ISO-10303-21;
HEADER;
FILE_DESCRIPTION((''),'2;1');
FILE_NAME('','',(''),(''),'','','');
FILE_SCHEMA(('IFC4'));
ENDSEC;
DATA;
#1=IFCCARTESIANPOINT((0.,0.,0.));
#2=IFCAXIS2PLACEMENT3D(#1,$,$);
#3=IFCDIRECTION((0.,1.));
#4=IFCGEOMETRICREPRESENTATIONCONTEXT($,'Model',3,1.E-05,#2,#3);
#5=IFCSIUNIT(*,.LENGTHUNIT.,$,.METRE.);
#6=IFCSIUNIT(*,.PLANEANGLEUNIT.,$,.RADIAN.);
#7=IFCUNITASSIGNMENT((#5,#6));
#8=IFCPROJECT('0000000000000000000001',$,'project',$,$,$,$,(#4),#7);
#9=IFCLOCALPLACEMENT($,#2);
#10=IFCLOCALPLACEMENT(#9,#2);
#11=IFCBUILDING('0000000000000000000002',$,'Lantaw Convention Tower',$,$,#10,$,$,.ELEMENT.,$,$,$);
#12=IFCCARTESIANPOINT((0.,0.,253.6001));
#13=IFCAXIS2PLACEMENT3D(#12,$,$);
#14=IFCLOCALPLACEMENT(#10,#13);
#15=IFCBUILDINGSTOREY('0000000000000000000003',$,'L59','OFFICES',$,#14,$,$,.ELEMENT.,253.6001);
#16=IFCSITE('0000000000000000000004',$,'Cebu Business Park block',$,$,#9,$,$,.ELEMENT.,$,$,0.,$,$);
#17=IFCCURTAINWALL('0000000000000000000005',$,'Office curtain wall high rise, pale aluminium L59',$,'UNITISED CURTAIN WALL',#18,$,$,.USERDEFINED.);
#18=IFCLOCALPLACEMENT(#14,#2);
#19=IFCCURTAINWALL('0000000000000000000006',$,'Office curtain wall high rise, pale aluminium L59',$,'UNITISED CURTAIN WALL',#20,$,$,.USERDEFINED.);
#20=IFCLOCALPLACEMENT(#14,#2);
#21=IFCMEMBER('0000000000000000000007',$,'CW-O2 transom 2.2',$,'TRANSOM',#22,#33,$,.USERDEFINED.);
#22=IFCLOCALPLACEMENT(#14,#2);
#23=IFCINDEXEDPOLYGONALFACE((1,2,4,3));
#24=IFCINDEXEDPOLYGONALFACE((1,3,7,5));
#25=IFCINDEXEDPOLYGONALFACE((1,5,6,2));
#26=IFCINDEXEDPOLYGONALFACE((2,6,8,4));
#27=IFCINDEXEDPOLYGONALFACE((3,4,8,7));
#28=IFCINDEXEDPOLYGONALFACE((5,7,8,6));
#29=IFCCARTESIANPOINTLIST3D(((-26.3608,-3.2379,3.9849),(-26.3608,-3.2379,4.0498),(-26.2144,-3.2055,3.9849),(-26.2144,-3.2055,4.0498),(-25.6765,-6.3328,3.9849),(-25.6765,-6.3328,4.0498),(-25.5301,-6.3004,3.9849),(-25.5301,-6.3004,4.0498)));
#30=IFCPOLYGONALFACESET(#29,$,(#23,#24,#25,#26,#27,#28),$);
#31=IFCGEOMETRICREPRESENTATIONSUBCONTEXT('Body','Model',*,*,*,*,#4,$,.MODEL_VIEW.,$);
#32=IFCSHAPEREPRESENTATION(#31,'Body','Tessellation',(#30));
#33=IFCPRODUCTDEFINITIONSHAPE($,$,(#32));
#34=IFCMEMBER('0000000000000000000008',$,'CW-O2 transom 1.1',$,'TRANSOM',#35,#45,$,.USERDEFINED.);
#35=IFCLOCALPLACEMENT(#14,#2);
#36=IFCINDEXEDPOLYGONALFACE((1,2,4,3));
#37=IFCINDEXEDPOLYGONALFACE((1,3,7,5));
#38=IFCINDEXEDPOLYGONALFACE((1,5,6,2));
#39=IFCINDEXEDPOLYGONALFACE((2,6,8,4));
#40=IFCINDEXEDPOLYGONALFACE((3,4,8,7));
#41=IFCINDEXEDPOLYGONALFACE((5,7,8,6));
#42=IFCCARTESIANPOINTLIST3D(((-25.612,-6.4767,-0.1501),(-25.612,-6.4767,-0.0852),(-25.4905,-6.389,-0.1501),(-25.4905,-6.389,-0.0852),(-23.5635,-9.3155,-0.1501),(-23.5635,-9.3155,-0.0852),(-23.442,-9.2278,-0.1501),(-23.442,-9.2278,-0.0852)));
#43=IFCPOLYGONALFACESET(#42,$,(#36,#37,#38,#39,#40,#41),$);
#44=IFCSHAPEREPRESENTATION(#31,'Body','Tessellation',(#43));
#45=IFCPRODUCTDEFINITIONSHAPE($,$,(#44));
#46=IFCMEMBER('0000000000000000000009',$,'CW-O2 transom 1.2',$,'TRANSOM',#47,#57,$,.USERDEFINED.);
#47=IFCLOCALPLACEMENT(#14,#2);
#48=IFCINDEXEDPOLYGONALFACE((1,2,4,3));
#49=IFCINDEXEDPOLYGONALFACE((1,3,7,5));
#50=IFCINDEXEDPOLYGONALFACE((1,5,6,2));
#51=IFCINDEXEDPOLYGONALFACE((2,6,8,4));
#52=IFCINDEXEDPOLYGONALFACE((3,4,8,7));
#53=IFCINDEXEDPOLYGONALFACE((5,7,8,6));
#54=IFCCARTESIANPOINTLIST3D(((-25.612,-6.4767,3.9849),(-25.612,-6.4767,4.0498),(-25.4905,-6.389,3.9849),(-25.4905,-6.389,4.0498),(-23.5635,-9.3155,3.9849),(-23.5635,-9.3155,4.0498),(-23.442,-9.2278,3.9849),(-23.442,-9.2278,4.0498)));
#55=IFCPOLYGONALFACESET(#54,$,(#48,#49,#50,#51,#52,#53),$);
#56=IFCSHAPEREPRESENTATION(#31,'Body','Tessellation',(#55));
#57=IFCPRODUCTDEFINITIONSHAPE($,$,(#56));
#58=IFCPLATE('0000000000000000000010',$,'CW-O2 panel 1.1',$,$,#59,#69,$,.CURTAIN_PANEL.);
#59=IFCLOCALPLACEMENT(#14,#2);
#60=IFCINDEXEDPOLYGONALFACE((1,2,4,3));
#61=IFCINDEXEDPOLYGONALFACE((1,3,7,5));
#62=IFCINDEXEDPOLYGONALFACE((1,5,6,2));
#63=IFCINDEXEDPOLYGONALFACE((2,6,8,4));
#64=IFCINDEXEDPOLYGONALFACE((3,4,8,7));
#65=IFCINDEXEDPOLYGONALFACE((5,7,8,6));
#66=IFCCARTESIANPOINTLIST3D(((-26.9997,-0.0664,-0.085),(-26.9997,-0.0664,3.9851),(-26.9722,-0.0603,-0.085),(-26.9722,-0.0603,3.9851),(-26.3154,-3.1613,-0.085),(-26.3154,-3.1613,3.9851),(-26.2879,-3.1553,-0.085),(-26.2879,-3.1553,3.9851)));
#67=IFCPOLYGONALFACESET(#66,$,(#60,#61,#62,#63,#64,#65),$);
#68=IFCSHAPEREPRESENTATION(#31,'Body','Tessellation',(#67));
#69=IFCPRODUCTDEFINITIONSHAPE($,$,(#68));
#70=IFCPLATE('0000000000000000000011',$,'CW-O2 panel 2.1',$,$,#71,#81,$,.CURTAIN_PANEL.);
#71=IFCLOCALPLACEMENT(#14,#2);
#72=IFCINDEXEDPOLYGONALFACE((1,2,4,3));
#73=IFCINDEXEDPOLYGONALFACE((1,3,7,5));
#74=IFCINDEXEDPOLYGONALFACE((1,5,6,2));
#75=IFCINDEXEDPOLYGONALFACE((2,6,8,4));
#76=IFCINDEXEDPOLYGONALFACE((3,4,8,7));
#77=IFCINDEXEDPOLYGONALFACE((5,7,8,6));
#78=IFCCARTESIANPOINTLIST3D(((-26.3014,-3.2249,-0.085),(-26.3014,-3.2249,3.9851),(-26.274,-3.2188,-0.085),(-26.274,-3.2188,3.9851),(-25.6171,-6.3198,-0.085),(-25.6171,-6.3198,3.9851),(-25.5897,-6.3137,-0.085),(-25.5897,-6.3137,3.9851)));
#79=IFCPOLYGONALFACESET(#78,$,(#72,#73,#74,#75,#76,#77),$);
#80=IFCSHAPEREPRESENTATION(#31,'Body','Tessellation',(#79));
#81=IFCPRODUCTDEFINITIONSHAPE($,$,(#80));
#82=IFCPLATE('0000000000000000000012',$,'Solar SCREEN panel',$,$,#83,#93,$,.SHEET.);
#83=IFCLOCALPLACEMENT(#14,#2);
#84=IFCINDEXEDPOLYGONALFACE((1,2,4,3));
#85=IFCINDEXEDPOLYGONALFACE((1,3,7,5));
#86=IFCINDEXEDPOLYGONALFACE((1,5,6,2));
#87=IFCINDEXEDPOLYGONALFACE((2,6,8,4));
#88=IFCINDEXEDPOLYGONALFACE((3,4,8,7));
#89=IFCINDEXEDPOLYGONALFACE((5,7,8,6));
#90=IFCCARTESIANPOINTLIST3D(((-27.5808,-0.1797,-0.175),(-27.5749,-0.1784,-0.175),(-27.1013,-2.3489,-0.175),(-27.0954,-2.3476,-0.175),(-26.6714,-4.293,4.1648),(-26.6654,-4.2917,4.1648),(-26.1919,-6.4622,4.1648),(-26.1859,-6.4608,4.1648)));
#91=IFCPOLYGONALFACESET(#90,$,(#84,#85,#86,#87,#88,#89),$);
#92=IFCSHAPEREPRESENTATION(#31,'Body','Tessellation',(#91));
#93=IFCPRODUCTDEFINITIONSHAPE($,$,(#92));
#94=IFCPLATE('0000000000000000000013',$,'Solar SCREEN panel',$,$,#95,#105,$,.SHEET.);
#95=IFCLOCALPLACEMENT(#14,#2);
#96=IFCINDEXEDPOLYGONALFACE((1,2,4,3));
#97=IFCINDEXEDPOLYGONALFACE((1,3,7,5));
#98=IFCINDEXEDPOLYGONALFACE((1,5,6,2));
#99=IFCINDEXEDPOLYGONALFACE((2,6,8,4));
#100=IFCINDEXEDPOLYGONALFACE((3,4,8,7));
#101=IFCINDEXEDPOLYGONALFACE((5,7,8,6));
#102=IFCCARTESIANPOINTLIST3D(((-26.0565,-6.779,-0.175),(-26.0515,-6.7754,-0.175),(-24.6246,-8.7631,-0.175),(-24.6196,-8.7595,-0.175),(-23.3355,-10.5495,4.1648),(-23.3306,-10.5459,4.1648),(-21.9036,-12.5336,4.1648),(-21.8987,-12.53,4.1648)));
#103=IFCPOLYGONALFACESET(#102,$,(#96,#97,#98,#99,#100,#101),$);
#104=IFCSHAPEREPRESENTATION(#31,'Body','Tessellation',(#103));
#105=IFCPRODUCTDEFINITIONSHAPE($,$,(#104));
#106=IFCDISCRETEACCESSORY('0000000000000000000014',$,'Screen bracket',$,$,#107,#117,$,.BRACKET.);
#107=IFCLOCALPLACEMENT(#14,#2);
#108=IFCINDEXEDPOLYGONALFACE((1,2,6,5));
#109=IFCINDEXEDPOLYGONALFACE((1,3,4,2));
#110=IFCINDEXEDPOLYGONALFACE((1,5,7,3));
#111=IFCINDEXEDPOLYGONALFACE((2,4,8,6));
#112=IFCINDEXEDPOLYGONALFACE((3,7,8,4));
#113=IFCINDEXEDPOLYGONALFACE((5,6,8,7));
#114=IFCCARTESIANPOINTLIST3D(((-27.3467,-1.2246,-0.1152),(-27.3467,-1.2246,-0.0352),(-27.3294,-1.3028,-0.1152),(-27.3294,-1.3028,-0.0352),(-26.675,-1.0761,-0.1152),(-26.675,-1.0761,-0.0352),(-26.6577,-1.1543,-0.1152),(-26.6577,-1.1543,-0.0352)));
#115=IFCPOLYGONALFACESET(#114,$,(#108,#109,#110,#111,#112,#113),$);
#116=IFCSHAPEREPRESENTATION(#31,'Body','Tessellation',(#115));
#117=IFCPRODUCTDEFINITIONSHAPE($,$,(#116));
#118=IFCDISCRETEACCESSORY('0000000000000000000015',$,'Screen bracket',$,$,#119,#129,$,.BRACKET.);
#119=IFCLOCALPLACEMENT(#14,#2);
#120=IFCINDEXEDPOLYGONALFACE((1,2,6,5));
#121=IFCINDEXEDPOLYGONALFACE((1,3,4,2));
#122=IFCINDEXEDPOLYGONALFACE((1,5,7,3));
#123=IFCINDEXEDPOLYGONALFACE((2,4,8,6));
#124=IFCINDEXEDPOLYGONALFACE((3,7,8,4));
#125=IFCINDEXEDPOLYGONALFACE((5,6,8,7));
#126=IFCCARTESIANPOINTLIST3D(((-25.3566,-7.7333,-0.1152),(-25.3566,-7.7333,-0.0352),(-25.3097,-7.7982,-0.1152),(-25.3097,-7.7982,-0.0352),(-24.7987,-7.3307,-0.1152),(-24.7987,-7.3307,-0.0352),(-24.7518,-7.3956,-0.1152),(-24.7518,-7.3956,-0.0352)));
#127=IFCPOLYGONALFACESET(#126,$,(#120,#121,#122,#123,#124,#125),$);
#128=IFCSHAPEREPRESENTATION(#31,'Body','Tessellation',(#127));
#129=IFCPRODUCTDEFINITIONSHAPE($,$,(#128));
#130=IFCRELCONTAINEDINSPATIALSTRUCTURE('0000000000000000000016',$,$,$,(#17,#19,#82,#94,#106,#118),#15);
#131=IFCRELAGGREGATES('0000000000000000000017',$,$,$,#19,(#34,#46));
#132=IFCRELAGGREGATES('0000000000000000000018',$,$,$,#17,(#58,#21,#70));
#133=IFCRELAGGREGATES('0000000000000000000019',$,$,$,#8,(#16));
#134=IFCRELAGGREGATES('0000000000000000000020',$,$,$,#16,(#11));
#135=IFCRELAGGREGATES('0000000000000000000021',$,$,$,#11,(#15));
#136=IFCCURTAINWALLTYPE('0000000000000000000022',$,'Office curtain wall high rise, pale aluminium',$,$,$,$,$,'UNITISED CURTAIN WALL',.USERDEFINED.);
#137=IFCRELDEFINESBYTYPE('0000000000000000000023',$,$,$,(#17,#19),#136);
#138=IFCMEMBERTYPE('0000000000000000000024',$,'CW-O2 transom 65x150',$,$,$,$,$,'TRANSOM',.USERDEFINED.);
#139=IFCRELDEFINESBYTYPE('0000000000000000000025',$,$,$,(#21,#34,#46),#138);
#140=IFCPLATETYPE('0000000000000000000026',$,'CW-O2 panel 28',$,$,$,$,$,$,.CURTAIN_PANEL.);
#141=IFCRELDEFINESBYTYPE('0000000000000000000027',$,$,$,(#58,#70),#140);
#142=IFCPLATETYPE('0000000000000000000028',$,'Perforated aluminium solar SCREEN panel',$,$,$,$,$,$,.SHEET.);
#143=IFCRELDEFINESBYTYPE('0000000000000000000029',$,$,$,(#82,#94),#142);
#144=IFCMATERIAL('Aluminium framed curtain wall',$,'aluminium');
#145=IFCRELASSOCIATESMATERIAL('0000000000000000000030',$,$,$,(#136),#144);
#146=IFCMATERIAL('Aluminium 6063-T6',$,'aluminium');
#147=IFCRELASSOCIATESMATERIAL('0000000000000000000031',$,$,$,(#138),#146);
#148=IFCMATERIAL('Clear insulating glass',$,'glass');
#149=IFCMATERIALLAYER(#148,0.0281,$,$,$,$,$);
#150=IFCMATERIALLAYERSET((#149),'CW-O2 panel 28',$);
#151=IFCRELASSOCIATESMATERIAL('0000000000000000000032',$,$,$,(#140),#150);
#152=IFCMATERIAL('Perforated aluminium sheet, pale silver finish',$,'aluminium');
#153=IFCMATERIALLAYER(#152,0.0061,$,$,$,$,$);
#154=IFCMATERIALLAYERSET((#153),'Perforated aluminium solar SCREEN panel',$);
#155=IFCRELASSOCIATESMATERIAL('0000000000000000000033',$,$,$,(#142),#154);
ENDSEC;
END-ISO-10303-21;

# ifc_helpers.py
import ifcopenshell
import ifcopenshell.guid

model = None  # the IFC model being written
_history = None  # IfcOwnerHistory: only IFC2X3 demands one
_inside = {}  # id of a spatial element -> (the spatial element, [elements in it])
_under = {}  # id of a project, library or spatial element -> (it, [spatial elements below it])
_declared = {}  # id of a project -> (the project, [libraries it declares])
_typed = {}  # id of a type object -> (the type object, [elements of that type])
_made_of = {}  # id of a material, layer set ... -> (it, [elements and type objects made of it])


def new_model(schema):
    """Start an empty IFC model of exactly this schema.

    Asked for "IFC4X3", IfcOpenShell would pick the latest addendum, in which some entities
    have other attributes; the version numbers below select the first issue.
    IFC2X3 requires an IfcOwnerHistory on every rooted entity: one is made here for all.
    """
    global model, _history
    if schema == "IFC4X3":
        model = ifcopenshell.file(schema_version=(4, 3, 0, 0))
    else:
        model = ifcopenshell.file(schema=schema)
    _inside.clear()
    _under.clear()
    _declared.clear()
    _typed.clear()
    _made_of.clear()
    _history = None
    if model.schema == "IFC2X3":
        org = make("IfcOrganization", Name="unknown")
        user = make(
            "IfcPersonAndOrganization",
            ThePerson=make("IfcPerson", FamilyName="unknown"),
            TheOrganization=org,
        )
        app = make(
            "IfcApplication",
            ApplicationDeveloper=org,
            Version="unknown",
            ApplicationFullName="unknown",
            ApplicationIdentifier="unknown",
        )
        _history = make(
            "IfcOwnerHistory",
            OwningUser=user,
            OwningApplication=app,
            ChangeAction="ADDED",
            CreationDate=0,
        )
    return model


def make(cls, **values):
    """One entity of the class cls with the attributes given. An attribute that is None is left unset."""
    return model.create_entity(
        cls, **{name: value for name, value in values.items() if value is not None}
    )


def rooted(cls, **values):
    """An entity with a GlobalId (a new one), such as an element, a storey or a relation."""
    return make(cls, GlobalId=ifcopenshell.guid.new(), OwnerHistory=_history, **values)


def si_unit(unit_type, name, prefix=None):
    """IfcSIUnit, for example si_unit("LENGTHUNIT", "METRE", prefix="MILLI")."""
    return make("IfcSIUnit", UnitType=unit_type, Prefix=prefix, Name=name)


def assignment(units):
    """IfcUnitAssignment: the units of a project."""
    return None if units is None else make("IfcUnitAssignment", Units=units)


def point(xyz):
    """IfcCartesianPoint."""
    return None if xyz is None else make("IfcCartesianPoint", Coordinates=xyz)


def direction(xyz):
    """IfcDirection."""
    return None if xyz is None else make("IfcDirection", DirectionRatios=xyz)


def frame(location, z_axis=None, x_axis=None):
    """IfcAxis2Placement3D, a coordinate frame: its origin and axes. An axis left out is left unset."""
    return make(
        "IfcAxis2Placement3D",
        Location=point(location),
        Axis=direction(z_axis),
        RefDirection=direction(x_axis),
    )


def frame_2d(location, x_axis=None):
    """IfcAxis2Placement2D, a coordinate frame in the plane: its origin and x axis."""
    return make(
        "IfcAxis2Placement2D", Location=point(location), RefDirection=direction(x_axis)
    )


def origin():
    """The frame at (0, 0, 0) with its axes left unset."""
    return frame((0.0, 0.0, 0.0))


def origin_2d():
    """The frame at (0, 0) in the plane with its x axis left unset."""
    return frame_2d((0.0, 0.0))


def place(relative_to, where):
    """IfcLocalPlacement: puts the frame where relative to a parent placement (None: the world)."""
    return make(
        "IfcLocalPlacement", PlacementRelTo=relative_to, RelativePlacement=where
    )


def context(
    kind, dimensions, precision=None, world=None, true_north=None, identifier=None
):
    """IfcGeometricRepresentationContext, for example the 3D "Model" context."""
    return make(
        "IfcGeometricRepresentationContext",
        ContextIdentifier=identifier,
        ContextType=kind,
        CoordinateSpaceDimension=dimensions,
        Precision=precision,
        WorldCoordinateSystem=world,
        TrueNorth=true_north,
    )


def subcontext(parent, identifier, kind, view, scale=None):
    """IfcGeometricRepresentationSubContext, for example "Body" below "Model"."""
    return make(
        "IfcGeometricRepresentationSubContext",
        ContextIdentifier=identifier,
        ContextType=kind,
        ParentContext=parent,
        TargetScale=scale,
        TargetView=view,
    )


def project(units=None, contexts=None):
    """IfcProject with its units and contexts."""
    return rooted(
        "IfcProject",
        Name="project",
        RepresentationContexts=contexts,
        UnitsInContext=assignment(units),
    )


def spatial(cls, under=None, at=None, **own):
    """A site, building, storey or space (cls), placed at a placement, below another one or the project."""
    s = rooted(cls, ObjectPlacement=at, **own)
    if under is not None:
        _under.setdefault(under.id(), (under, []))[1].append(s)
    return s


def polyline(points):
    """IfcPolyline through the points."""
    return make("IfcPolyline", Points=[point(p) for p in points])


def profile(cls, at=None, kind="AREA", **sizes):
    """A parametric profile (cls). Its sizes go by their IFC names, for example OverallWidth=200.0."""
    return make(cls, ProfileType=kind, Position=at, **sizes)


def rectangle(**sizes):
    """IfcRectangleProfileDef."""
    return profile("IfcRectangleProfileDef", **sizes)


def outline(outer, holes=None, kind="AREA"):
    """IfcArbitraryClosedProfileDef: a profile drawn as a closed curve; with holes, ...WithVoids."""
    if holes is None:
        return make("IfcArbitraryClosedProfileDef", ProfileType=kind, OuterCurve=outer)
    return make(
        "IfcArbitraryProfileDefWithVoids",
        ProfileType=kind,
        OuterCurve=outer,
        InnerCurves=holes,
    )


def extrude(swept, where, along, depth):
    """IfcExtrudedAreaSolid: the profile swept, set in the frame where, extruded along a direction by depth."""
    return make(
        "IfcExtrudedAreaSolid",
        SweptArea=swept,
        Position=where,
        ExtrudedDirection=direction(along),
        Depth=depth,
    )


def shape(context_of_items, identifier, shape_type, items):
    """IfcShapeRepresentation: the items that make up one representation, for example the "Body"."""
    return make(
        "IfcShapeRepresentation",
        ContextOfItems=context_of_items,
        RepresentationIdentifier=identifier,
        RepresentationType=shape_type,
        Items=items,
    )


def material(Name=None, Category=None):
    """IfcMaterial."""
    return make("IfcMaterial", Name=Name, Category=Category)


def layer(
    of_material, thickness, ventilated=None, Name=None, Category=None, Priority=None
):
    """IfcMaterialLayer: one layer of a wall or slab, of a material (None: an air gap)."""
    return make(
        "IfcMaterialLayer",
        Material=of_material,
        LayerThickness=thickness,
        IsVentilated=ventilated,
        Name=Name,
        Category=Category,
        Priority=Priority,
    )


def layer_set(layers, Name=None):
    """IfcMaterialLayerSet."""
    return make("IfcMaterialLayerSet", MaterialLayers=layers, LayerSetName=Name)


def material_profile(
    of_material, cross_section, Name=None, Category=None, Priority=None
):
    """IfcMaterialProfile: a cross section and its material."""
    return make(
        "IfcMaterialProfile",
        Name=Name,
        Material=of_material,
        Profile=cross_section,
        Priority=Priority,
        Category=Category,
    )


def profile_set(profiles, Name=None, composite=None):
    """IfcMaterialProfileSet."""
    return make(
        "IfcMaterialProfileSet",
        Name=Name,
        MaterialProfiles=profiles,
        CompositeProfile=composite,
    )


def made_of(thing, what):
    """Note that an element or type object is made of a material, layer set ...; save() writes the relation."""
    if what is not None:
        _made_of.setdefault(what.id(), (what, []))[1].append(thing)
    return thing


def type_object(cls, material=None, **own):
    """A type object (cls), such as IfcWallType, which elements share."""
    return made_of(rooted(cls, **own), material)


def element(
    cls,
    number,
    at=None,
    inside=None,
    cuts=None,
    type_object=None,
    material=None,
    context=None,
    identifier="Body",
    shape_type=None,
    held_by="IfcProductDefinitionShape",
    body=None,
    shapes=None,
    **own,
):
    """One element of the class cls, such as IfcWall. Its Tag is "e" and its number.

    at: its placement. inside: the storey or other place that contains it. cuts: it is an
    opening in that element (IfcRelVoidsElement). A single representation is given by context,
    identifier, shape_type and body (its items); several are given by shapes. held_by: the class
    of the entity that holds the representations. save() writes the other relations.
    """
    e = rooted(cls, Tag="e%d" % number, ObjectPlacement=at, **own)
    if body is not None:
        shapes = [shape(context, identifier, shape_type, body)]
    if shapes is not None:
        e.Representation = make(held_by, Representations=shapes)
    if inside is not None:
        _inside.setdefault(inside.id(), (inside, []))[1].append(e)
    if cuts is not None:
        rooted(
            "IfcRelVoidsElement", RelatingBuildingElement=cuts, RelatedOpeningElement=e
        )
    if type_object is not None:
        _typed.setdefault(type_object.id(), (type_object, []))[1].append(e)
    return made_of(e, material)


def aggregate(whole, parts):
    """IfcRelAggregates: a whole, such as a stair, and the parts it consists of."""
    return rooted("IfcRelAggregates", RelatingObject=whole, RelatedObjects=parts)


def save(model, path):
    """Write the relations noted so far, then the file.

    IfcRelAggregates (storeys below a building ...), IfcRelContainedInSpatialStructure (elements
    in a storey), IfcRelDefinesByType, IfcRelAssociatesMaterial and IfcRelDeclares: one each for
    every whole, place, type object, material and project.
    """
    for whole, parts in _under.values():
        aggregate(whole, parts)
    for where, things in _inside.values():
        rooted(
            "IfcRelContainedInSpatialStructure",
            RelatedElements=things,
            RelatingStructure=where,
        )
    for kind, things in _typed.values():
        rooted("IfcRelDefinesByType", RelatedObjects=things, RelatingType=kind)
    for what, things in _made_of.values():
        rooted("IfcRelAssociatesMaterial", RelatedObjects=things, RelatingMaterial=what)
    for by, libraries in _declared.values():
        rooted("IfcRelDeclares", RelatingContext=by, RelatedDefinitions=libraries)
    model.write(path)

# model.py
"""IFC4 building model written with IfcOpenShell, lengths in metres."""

from ifc_helpers import new_model, si_unit, direction, frame, origin, origin_2d, place, context, subcontext, project, spatial, polyline, rectangle, outline, extrude, material, layer, layer_set, material_profile, profile_set, type_object, element, aggregate, save


model = new_model("IFC4")

# Units and contexts
model_context = context("Model", 3, precision=1e-05, world=origin(), true_north=direction((0.0, 1.0)))
body_context = subcontext(model_context, "Body", "Model", "MODEL_VIEW")
ifc_project = project(units=[si_unit("LENGTHUNIT", "METRE"), si_unit("PLANEANGLEUNIT", "RADIAN")], contexts=[model_context])

# Site, building, storey
site_placement = place(None, origin())
site = spatial("IfcSite", under=ifc_project, at=site_placement, Name="Cebu Business Park block", CompositionType="ELEMENT", RefElevation=0.0)
building_placement = place(site_placement, origin())
building = spatial("IfcBuilding", under=site, at=building_placement, Name="Lantaw Convention Tower", CompositionType="ELEMENT")
storey_placement = place(building_placement, frame((0.0, 0.0, 253.6001)))
storey = spatial("IfcBuildingStorey", under=building, at=storey_placement, Name="L59", Description="OFFICES", CompositionType="ELEMENT", Elevation=253.6001)

# Curtain wall
ifc_material_1 = material(Name="Aluminium framed curtain wall", Category="aluminium")
curtain_wall_type = type_object("IfcCurtainWallType", Name="Office curtain wall high rise, pale aluminium", ElementType="UNITISED CURTAIN WALL", PredefinedType="USERDEFINED", material=ifc_material_1)
curtain_wall_1_placement = place(storey_placement, origin())
curtain_wall_1 = element("IfcCurtainWall", 1, at=curtain_wall_1_placement, inside=storey, type_object=curtain_wall_type, Name="Office curtain wall high rise, pale aluminium L59", ObjectType="UNITISED CURTAIN WALL", PredefinedType="USERDEFINED")
ifc_material_2 = material(Name="Aluminium 6063-T6", Category="aluminium")

# Curtain wall
curtain_wall_2_placement = place(storey_placement, origin())
curtain_wall_2 = element("IfcCurtainWall", 2, at=curtain_wall_2_placement, inside=storey, type_object=curtain_wall_type, Name="Office curtain wall high rise, pale aluminium L59", ObjectType="UNITISED CURTAIN WALL", PredefinedType="USERDEFINED")

# Members
ifc_material_profile_1 = material_profile(ifc_material_2, rectangle(XDim=0.1499, YDim=0.0649, at=origin_2d()), Name="CW-O2 transom 65x150")
ifc_profile_set_1 = profile_set([ifc_material_profile_1], Name="Aluminium 6063-T6")
member_type_1 = type_object("IfcMemberType", Name="CW-O2 transom 65x150", ElementType="TRANSOM", PredefinedType="USERDEFINED", material=ifc_profile_set_1)
member_1_placement = place(storey_placement, frame((-26.2876, -3.2217, 4.0173), z_axis=(0.215895, -0.976417, 0.0), x_axis=(0.976417, 0.215895, 0.0)))
member_1 = element("IfcMember", 3, at=member_1_placement, type_object=member_type_1, Name="CW-O2 transom 2.2", ObjectType="TRANSOM", PredefinedType="USERDEFINED", context=body_context, shape_type="SweptSolid", body=[
    extrude(rectangle(XDim=0.1499, YDim=0.0649, at=origin_2d()), origin(), (0.0, 0.0, 1.0), 3.1697),
])
member_2_placement = place(storey_placement, frame((-25.5513, -6.4329, -0.1177), z_axis=(0.58517, -0.810911, 0.0), x_axis=(0.810911, 0.58517, 0.0)))
member_2 = element("IfcMember", 4, at=member_2_placement, type_object=member_type_1, Name="CW-O2 transom 1.1", ObjectType="TRANSOM", PredefinedType="USERDEFINED", context=body_context, shape_type="SweptSolid", body=[
    extrude(rectangle(XDim=0.1499, YDim=0.0649, at=origin_2d()), origin(), (0.0, 0.0, 1.0), 3.5007),
])
member_3_placement = place(storey_placement, frame((-25.5513, -6.4329, 4.0173), z_axis=(0.58517, -0.810911, 0.0), x_axis=(0.810911, 0.58517, 0.0)))
member_3 = element("IfcMember", 5, at=member_3_placement, type_object=member_type_1, Name="CW-O2 transom 1.2", ObjectType="TRANSOM", PredefinedType="USERDEFINED", context=body_context, shape_type="SweptSolid", body=[
    extrude(rectangle(XDim=0.1499, YDim=0.0649, at=origin_2d()), origin(), (0.0, 0.0, 1.0), 3.5007),
])
aggregate(curtain_wall_2, [member_2, member_3])

# Plates
ifc_material_3 = material(Name="Clear insulating glass", Category="glass")
ifc_layer_1 = layer(ifc_material_3, 0.0281)
ifc_layer_set_1 = layer_set([ifc_layer_1], Name="CW-O2 panel 28")
plate_type_1 = type_object("IfcPlateType", Name="CW-O2 panel 28", PredefinedType="CURTAIN_PANEL", material=ifc_layer_set_1)
plate_1_placement = place(storey_placement, frame((-26.6438, -1.6108, -0.085), z_axis=(0.0, 0.0, 1.0), x_axis=(0.215891, -0.976417, 0.0)))
plate_1 = element("IfcPlate", 6, at=plate_1_placement, type_object=plate_type_1, Name="CW-O2 panel 1.1", PredefinedType="CURTAIN_PANEL", context=body_context, shape_type="SweptSolid", body=[
    extrude(rectangle(XDim=3.1697, YDim=0.0281, at=origin_2d()), origin(), (0.0, 0.0, 1.0), 4.0701),
])
plate_2_placement = place(storey_placement, frame((-25.9456, -4.7693, -0.085), z_axis=(0.0, 0.0, 1.0), x_axis=(0.215891, -0.976417, 0.0)))
plate_2 = element("IfcPlate", 7, at=plate_2_placement, type_object=plate_type_1, Name="CW-O2 panel 2.1", PredefinedType="CURTAIN_PANEL", context=body_context, shape_type="SweptSolid", body=[
    extrude(rectangle(XDim=3.1697, YDim=0.0281, at=origin_2d()), origin(), (0.0, 0.0, 1.0), 4.0701),
])
aggregate(curtain_wall_1, [plate_1, member_1, plate_2])

# Plates
ifc_material_4 = material(Name="Perforated aluminium sheet, pale silver finish", Category="aluminium")
ifc_layer_2 = layer(ifc_material_4, 0.0061)
ifc_layer_set_2 = layer_set([ifc_layer_2], Name="Perforated aluminium solar SCREEN panel")
plate_type_2 = type_object("IfcPlateType", Name="Perforated aluminium solar SCREEN panel", PredefinedType="SHEET", material=ifc_layer_set_2)
plate_3_placement = place(storey_placement, frame((-27.5808, -0.1797, -0.175), z_axis=(-0.97643, -0.215837, 0.000044), x_axis=(0.215837, -0.97643, 0.0)))
element("IfcPlate", 8, at=plate_3_placement, inside=storey, type_object=plate_type_2, Name="Solar SCREEN panel", PredefinedType="SHEET", context=body_context, shape_type="SweptSolid", body=[
    extrude(outline(polyline([(0.0, 0.0), (2.2216, 0.0), (6.4342, 4.3398), (4.2126, 4.3398), (0.0, 0.0)])), origin(), (0.0, 0.0, -1.0), 0.0061),
])
plate_4_placement = place(storey_placement, frame((-26.0515, -6.7754, -0.175), z_axis=(0.810892, 0.585195, 0.00002), x_axis=(0.585195, -0.810892, 0.0)))
element("IfcPlate", 9, at=plate_4_placement, inside=storey, type_object=plate_type_2, Name="Solar SCREEN panel", PredefinedType="SHEET", context=body_context, shape_type="SweptSolid", body=[
    extrude(outline(polyline([(0.0, 0.0), (2.4468, 0.0), (7.0966, -4.3398), (4.6498, -4.3398), (0.0, 0.0)])), origin(), (0.0, 0.0, -1.0), 0.0061),
])

# Discrete accessories
for number, where, z_axis, x_axis, name in (
    (10, (-27.0022, -1.1895, -0.1152), (0.0, 0.0, 1.0), (0.215891, -0.976417, 0.0), "Screen bracket"),
    (11, (-25.0542, -7.5645, -0.1152), (0.0, 0.0, 1.0), (0.585158, -0.81092, 0.0), "Screen bracket"),
):
    element("IfcDiscreteAccessory", number, at=place(storey_placement, frame(where, z_axis=z_axis, x_axis=x_axis)), inside=storey, Name=name, PredefinedType="BRACKET", context=body_context, shape_type="SweptSolid", body=[
        extrude(rectangle(XDim=0.0801, YDim=0.688, at=origin_2d()), origin(), (0.0, 0.0, 1.0), 0.0801),
    ])

save(model, "model.ifc")
